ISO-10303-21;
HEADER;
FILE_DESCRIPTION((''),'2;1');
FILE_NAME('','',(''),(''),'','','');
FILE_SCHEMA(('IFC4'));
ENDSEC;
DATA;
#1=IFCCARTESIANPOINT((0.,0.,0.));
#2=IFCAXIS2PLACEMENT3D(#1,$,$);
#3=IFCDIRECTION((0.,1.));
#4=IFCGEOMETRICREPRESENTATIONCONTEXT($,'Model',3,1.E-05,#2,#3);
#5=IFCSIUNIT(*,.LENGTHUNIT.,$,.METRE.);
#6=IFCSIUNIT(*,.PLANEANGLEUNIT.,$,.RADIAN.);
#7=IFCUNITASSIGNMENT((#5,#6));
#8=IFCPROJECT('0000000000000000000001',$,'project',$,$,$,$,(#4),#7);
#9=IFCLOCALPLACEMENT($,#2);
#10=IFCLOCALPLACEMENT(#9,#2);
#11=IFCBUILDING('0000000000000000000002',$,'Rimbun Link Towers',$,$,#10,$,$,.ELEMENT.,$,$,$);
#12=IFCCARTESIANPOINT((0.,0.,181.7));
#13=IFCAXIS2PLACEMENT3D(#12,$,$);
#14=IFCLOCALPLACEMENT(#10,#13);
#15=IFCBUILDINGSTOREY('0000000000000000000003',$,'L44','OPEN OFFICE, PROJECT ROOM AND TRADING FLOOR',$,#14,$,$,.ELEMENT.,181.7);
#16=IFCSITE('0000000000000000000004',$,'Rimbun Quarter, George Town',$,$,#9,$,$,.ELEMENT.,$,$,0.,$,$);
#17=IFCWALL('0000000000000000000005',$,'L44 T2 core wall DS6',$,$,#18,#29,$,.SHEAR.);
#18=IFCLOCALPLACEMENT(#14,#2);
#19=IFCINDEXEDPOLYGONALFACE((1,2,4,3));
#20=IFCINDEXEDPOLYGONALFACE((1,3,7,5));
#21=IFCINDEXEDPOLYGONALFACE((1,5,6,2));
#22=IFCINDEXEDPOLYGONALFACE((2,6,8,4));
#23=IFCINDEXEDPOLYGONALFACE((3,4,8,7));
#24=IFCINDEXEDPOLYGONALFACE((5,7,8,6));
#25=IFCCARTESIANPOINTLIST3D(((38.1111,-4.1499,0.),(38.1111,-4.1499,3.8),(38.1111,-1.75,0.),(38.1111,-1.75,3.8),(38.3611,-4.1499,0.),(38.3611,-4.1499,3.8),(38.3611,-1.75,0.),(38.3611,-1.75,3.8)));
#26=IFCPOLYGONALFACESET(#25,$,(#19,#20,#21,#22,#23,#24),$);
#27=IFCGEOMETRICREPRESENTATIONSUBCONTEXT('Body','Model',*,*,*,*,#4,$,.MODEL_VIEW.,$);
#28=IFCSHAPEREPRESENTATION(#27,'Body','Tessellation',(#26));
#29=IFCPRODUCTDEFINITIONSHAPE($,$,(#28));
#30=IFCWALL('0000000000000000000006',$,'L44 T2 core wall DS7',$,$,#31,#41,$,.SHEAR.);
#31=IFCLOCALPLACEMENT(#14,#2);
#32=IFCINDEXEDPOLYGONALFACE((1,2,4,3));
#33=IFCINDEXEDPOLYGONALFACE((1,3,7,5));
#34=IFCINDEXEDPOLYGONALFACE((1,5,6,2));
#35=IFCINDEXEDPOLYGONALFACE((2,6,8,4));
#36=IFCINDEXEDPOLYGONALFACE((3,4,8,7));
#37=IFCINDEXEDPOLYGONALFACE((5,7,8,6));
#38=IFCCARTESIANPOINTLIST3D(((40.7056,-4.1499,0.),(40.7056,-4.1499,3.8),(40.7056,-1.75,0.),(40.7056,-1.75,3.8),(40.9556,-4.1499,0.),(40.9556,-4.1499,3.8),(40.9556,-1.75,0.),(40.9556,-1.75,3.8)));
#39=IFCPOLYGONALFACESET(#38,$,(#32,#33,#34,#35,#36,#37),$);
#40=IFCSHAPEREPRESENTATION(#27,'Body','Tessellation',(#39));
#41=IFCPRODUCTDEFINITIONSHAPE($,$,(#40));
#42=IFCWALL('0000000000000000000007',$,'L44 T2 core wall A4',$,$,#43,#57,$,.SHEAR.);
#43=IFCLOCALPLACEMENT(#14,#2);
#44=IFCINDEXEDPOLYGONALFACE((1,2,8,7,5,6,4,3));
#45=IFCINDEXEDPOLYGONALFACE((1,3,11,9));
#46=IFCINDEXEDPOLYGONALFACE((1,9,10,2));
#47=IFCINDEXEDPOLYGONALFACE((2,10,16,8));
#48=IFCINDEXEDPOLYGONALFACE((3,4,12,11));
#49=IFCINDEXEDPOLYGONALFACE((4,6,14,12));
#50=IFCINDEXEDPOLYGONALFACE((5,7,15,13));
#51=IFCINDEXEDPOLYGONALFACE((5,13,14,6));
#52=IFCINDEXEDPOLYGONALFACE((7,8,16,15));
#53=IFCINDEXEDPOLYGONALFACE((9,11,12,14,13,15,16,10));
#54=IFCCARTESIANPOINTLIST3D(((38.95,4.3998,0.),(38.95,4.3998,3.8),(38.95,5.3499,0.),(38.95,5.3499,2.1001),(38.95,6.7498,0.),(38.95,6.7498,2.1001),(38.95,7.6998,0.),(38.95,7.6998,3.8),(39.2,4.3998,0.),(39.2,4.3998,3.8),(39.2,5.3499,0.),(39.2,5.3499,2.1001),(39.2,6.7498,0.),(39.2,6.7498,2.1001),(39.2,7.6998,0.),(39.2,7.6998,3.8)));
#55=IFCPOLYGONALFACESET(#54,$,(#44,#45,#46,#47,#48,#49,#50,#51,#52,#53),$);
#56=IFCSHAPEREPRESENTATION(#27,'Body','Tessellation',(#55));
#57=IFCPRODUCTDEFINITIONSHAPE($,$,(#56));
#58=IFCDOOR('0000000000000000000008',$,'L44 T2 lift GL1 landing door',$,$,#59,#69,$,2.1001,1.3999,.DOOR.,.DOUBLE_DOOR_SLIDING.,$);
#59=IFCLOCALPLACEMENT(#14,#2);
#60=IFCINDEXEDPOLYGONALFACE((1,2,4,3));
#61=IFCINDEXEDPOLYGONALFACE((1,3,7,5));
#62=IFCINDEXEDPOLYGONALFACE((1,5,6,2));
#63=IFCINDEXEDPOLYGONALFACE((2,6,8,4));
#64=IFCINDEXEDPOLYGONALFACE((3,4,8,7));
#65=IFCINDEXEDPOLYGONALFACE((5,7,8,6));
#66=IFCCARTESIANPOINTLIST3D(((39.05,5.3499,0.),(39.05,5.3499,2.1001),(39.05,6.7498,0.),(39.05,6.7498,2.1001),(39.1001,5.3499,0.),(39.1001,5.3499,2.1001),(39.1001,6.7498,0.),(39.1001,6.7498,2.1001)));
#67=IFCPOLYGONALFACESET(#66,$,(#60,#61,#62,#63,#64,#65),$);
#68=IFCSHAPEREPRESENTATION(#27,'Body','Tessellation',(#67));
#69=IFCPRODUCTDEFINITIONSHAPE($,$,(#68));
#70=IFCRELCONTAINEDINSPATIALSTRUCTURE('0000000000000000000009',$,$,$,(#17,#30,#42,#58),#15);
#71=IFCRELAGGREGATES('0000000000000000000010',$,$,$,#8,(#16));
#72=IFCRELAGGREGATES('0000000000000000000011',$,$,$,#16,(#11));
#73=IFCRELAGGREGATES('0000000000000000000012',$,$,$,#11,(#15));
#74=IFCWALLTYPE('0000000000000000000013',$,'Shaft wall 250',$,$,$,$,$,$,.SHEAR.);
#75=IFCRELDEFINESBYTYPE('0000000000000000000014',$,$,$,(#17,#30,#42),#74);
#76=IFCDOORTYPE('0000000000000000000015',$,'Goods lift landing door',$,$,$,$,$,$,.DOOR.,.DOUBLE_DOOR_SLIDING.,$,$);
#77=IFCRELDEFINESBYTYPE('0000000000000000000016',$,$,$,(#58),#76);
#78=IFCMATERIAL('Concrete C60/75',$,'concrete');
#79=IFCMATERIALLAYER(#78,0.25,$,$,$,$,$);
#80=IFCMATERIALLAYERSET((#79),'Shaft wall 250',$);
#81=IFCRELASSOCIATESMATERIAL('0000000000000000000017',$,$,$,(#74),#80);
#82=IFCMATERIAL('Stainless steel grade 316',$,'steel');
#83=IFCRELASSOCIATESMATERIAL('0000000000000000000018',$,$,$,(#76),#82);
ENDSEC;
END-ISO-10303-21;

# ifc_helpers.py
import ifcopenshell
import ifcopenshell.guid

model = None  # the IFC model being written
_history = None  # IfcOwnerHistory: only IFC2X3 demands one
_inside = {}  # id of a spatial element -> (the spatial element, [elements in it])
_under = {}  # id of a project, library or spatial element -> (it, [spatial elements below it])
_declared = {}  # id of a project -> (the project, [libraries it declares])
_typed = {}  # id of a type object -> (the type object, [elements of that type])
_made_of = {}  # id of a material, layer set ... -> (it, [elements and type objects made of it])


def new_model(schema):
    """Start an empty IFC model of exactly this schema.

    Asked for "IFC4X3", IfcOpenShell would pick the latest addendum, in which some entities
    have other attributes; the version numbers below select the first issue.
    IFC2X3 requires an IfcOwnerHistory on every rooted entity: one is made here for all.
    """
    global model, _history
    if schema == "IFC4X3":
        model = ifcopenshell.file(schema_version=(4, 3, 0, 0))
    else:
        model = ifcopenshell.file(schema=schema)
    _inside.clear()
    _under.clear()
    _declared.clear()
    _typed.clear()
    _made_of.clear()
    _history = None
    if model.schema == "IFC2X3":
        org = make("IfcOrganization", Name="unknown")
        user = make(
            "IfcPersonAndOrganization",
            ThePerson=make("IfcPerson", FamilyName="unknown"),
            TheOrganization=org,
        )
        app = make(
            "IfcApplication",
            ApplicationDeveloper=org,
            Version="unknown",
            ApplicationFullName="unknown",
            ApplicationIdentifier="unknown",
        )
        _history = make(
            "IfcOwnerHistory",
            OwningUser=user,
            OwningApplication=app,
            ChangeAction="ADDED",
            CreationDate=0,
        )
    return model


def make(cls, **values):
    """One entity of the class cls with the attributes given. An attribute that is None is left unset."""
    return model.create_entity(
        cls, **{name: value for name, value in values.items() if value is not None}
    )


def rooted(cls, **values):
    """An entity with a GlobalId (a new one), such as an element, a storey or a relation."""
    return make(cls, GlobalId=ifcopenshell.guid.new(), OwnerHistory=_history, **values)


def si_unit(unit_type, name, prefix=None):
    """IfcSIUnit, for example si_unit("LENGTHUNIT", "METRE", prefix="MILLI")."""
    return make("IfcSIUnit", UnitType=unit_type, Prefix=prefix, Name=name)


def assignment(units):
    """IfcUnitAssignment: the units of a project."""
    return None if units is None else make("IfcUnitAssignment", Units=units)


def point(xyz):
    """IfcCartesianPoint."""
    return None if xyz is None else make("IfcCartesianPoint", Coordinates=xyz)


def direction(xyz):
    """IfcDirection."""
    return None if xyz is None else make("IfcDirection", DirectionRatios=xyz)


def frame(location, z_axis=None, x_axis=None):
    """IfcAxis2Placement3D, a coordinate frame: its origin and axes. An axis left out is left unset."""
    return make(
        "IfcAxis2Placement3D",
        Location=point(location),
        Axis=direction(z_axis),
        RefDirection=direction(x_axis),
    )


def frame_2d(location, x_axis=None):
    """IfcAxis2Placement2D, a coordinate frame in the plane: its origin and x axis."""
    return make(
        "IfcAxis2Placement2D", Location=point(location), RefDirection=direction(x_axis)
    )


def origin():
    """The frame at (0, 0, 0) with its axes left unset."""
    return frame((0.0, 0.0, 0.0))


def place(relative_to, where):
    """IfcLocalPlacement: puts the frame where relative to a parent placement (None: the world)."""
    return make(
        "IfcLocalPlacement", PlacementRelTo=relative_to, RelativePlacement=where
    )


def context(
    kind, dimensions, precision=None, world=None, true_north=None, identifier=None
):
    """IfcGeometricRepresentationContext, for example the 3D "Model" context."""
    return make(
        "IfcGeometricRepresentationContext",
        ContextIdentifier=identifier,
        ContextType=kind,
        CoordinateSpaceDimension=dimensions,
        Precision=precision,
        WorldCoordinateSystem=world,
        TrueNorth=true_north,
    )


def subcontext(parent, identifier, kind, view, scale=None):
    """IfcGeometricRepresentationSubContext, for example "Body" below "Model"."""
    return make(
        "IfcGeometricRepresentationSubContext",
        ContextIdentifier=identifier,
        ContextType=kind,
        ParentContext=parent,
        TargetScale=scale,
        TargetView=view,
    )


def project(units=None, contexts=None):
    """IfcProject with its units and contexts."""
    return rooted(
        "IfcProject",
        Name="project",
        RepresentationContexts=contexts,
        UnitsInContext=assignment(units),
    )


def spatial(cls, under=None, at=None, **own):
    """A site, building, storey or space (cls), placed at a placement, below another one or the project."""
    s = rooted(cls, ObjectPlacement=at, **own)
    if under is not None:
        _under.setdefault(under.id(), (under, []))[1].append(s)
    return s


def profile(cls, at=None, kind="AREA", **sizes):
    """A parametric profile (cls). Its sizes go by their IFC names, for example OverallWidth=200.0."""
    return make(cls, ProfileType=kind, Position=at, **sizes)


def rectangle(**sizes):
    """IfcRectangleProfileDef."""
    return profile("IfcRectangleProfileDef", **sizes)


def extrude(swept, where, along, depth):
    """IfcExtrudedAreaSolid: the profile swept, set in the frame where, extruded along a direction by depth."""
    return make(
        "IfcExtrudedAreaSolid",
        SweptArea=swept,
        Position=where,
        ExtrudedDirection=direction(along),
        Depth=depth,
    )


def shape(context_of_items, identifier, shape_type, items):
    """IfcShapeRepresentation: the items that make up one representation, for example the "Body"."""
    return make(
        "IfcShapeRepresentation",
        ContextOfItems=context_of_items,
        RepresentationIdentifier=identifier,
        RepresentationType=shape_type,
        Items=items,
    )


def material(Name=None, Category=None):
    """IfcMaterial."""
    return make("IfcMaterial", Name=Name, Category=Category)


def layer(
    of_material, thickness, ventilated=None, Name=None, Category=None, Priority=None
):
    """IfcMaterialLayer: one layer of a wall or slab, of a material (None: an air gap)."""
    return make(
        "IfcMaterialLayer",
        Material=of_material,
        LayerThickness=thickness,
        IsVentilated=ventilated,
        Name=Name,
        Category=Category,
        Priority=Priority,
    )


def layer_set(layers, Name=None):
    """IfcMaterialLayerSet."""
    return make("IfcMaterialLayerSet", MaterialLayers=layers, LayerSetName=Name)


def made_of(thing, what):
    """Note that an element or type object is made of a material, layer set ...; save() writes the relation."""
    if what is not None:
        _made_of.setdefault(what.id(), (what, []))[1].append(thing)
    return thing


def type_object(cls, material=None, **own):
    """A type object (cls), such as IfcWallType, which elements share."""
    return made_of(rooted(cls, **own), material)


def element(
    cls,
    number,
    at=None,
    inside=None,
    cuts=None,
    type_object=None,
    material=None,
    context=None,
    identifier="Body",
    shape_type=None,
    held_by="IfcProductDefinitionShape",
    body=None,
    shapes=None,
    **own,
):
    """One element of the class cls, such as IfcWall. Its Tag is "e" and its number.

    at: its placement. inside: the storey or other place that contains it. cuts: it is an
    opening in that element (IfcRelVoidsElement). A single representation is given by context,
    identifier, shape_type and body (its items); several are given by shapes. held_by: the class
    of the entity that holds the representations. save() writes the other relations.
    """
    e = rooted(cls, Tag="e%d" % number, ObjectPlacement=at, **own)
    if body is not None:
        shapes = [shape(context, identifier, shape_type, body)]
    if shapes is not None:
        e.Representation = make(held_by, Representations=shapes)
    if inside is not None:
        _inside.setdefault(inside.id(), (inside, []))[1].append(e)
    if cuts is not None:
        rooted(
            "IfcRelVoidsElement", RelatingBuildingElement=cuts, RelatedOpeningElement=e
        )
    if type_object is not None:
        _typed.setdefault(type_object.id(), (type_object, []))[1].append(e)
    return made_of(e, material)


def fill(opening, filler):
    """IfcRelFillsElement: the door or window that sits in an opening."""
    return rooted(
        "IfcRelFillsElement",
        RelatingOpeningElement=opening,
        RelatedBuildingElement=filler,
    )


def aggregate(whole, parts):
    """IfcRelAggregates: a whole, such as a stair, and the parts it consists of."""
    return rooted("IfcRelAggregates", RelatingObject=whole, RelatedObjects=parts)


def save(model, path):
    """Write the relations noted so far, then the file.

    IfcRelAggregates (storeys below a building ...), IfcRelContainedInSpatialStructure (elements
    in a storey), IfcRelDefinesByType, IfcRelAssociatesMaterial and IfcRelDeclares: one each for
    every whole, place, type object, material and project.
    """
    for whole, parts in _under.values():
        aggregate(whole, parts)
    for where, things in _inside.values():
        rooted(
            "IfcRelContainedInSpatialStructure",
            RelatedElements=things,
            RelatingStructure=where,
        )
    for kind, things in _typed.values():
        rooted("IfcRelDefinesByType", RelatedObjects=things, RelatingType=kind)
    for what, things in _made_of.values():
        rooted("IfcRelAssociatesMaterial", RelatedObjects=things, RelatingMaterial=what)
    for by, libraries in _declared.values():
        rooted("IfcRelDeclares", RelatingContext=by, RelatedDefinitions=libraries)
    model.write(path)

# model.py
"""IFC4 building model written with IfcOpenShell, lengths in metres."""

from ifc_helpers import new_model, si_unit, direction, frame, frame_2d, origin, place, context, subcontext, project, spatial, rectangle, extrude, material, layer, layer_set, type_object, element, fill, save


model = new_model("IFC4")

# Units and contexts
model_context = context("Model", 3, precision=1e-05, world=origin(), true_north=direction((0.0, 1.0)))
body_context = subcontext(model_context, "Body", "Model", "MODEL_VIEW")
ifc_project = project(units=[si_unit("LENGTHUNIT", "METRE"), si_unit("PLANEANGLEUNIT", "RADIAN")], contexts=[model_context])

# Site, building, storey
site_placement = place(None, origin())
site = spatial("IfcSite", under=ifc_project, at=site_placement, Name="Rimbun Quarter, George Town", CompositionType="ELEMENT", RefElevation=0.0)
building_placement = place(site_placement, origin())
building = spatial("IfcBuilding", under=site, at=building_placement, Name="Rimbun Link Towers", CompositionType="ELEMENT")
storey_placement = place(building_placement, frame((0.0, 0.0, 181.7)))
storey = spatial("IfcBuildingStorey", under=building, at=storey_placement, Name="L44", Description="OPEN OFFICE, PROJECT ROOM AND TRADING FLOOR", CompositionType="ELEMENT", Elevation=181.7)

# Walls
ifc_material_1 = material(Name="Concrete C60/75", Category="concrete")
ifc_layer_1 = layer(ifc_material_1, 0.25)
ifc_layer_set_1 = layer_set([ifc_layer_1], Name="Shaft wall 250")
wall_type_1 = type_object("IfcWallType", Name="Shaft wall 250", PredefinedType="SHEAR", material=ifc_layer_set_1)
for number, where, z_axis, x_axis, name in (
    (1, (38.2361, -4.1499, 0.0), (0.0, 0.0, 1.0), (0.0, 1.0, 0.0), "L44 T2 core wall DS6"),
    (2, (40.8306, -4.1499, 0.0), (0.0, 0.0, 1.0), (0.0, 1.0, 0.0), "L44 T2 core wall DS7"),
):
    element("IfcWall", number, at=place(storey_placement, frame(where, z_axis=z_axis, x_axis=x_axis)), inside=storey, type_object=wall_type_1, Name=name, PredefinedType="SHEAR", context=body_context, shape_type="SweptSolid", body=[
        extrude(rectangle(XDim=2.3999, YDim=0.25, at=frame_2d((1.2, 0.0))), origin(), (0.0, 0.0, 1.0), 3.8),
    ])

# Wall, opening, door
wall_1_placement = place(storey_placement, frame((39.075, 4.3999, 0.0), z_axis=(0.0, 0.0, 1.0), x_axis=(0.0, 1.0, 0.0)))
wall_1 = element("IfcWall", 3, at=wall_1_placement, inside=storey, type_object=wall_type_1, Name="L44 T2 core wall A4", PredefinedType="SHEAR", context=body_context, shape_type="SweptSolid", body=[
    extrude(rectangle(XDim=3.3, YDim=0.25, at=frame_2d((1.6499, 0.0))), origin(), (0.0, 0.0, 1.0), 3.8),
])
opening_1_placement = place(wall_1_placement, frame((0.95, 0.0, 0.0)))
opening_1 = element("IfcOpeningElement", 4, at=opening_1_placement, cuts=wall_1, PredefinedType="OPENING", context=body_context, shape_type="SweptSolid", body=[
    extrude(rectangle(XDim=1.3999, YDim=2.1001, at=frame_2d((0.7, 1.05))), frame((0.0, 0.135, 0.0), z_axis=(0.0, -1.0, 0.0), x_axis=(1.0, 0.0, 0.0)), (0.0, 0.0, 1.0), 0.27),
])
ifc_material_2 = material(Name="Stainless steel grade 316", Category="steel")
door_type = type_object("IfcDoorType", Name="Goods lift landing door", OperationType="DOUBLE_DOOR_SLIDING", PredefinedType="DOOR", material=ifc_material_2)
door_placement = place(opening_1_placement, origin())
door = element("IfcDoor", 5, at=door_placement, inside=storey, type_object=door_type, Name="L44 T2 lift GL1 landing door", OperationType="DOUBLE_DOOR_SLIDING", OverallHeight=2.1001, OverallWidth=1.3999, PredefinedType="DOOR", context=body_context, shape_type="SweptSolid", body=[
    extrude(rectangle(XDim=1.3999, YDim=2.1001, at=frame_2d((0.7, 1.05))), frame((0.0, 0.0249, 0.0), z_axis=(0.0, -1.0, 0.0), x_axis=(1.0, 0.0, 0.0)), (0.0, 0.0, 1.0), 0.05),
])
fill(opening_1, door)

save(model, "model.ifc")
